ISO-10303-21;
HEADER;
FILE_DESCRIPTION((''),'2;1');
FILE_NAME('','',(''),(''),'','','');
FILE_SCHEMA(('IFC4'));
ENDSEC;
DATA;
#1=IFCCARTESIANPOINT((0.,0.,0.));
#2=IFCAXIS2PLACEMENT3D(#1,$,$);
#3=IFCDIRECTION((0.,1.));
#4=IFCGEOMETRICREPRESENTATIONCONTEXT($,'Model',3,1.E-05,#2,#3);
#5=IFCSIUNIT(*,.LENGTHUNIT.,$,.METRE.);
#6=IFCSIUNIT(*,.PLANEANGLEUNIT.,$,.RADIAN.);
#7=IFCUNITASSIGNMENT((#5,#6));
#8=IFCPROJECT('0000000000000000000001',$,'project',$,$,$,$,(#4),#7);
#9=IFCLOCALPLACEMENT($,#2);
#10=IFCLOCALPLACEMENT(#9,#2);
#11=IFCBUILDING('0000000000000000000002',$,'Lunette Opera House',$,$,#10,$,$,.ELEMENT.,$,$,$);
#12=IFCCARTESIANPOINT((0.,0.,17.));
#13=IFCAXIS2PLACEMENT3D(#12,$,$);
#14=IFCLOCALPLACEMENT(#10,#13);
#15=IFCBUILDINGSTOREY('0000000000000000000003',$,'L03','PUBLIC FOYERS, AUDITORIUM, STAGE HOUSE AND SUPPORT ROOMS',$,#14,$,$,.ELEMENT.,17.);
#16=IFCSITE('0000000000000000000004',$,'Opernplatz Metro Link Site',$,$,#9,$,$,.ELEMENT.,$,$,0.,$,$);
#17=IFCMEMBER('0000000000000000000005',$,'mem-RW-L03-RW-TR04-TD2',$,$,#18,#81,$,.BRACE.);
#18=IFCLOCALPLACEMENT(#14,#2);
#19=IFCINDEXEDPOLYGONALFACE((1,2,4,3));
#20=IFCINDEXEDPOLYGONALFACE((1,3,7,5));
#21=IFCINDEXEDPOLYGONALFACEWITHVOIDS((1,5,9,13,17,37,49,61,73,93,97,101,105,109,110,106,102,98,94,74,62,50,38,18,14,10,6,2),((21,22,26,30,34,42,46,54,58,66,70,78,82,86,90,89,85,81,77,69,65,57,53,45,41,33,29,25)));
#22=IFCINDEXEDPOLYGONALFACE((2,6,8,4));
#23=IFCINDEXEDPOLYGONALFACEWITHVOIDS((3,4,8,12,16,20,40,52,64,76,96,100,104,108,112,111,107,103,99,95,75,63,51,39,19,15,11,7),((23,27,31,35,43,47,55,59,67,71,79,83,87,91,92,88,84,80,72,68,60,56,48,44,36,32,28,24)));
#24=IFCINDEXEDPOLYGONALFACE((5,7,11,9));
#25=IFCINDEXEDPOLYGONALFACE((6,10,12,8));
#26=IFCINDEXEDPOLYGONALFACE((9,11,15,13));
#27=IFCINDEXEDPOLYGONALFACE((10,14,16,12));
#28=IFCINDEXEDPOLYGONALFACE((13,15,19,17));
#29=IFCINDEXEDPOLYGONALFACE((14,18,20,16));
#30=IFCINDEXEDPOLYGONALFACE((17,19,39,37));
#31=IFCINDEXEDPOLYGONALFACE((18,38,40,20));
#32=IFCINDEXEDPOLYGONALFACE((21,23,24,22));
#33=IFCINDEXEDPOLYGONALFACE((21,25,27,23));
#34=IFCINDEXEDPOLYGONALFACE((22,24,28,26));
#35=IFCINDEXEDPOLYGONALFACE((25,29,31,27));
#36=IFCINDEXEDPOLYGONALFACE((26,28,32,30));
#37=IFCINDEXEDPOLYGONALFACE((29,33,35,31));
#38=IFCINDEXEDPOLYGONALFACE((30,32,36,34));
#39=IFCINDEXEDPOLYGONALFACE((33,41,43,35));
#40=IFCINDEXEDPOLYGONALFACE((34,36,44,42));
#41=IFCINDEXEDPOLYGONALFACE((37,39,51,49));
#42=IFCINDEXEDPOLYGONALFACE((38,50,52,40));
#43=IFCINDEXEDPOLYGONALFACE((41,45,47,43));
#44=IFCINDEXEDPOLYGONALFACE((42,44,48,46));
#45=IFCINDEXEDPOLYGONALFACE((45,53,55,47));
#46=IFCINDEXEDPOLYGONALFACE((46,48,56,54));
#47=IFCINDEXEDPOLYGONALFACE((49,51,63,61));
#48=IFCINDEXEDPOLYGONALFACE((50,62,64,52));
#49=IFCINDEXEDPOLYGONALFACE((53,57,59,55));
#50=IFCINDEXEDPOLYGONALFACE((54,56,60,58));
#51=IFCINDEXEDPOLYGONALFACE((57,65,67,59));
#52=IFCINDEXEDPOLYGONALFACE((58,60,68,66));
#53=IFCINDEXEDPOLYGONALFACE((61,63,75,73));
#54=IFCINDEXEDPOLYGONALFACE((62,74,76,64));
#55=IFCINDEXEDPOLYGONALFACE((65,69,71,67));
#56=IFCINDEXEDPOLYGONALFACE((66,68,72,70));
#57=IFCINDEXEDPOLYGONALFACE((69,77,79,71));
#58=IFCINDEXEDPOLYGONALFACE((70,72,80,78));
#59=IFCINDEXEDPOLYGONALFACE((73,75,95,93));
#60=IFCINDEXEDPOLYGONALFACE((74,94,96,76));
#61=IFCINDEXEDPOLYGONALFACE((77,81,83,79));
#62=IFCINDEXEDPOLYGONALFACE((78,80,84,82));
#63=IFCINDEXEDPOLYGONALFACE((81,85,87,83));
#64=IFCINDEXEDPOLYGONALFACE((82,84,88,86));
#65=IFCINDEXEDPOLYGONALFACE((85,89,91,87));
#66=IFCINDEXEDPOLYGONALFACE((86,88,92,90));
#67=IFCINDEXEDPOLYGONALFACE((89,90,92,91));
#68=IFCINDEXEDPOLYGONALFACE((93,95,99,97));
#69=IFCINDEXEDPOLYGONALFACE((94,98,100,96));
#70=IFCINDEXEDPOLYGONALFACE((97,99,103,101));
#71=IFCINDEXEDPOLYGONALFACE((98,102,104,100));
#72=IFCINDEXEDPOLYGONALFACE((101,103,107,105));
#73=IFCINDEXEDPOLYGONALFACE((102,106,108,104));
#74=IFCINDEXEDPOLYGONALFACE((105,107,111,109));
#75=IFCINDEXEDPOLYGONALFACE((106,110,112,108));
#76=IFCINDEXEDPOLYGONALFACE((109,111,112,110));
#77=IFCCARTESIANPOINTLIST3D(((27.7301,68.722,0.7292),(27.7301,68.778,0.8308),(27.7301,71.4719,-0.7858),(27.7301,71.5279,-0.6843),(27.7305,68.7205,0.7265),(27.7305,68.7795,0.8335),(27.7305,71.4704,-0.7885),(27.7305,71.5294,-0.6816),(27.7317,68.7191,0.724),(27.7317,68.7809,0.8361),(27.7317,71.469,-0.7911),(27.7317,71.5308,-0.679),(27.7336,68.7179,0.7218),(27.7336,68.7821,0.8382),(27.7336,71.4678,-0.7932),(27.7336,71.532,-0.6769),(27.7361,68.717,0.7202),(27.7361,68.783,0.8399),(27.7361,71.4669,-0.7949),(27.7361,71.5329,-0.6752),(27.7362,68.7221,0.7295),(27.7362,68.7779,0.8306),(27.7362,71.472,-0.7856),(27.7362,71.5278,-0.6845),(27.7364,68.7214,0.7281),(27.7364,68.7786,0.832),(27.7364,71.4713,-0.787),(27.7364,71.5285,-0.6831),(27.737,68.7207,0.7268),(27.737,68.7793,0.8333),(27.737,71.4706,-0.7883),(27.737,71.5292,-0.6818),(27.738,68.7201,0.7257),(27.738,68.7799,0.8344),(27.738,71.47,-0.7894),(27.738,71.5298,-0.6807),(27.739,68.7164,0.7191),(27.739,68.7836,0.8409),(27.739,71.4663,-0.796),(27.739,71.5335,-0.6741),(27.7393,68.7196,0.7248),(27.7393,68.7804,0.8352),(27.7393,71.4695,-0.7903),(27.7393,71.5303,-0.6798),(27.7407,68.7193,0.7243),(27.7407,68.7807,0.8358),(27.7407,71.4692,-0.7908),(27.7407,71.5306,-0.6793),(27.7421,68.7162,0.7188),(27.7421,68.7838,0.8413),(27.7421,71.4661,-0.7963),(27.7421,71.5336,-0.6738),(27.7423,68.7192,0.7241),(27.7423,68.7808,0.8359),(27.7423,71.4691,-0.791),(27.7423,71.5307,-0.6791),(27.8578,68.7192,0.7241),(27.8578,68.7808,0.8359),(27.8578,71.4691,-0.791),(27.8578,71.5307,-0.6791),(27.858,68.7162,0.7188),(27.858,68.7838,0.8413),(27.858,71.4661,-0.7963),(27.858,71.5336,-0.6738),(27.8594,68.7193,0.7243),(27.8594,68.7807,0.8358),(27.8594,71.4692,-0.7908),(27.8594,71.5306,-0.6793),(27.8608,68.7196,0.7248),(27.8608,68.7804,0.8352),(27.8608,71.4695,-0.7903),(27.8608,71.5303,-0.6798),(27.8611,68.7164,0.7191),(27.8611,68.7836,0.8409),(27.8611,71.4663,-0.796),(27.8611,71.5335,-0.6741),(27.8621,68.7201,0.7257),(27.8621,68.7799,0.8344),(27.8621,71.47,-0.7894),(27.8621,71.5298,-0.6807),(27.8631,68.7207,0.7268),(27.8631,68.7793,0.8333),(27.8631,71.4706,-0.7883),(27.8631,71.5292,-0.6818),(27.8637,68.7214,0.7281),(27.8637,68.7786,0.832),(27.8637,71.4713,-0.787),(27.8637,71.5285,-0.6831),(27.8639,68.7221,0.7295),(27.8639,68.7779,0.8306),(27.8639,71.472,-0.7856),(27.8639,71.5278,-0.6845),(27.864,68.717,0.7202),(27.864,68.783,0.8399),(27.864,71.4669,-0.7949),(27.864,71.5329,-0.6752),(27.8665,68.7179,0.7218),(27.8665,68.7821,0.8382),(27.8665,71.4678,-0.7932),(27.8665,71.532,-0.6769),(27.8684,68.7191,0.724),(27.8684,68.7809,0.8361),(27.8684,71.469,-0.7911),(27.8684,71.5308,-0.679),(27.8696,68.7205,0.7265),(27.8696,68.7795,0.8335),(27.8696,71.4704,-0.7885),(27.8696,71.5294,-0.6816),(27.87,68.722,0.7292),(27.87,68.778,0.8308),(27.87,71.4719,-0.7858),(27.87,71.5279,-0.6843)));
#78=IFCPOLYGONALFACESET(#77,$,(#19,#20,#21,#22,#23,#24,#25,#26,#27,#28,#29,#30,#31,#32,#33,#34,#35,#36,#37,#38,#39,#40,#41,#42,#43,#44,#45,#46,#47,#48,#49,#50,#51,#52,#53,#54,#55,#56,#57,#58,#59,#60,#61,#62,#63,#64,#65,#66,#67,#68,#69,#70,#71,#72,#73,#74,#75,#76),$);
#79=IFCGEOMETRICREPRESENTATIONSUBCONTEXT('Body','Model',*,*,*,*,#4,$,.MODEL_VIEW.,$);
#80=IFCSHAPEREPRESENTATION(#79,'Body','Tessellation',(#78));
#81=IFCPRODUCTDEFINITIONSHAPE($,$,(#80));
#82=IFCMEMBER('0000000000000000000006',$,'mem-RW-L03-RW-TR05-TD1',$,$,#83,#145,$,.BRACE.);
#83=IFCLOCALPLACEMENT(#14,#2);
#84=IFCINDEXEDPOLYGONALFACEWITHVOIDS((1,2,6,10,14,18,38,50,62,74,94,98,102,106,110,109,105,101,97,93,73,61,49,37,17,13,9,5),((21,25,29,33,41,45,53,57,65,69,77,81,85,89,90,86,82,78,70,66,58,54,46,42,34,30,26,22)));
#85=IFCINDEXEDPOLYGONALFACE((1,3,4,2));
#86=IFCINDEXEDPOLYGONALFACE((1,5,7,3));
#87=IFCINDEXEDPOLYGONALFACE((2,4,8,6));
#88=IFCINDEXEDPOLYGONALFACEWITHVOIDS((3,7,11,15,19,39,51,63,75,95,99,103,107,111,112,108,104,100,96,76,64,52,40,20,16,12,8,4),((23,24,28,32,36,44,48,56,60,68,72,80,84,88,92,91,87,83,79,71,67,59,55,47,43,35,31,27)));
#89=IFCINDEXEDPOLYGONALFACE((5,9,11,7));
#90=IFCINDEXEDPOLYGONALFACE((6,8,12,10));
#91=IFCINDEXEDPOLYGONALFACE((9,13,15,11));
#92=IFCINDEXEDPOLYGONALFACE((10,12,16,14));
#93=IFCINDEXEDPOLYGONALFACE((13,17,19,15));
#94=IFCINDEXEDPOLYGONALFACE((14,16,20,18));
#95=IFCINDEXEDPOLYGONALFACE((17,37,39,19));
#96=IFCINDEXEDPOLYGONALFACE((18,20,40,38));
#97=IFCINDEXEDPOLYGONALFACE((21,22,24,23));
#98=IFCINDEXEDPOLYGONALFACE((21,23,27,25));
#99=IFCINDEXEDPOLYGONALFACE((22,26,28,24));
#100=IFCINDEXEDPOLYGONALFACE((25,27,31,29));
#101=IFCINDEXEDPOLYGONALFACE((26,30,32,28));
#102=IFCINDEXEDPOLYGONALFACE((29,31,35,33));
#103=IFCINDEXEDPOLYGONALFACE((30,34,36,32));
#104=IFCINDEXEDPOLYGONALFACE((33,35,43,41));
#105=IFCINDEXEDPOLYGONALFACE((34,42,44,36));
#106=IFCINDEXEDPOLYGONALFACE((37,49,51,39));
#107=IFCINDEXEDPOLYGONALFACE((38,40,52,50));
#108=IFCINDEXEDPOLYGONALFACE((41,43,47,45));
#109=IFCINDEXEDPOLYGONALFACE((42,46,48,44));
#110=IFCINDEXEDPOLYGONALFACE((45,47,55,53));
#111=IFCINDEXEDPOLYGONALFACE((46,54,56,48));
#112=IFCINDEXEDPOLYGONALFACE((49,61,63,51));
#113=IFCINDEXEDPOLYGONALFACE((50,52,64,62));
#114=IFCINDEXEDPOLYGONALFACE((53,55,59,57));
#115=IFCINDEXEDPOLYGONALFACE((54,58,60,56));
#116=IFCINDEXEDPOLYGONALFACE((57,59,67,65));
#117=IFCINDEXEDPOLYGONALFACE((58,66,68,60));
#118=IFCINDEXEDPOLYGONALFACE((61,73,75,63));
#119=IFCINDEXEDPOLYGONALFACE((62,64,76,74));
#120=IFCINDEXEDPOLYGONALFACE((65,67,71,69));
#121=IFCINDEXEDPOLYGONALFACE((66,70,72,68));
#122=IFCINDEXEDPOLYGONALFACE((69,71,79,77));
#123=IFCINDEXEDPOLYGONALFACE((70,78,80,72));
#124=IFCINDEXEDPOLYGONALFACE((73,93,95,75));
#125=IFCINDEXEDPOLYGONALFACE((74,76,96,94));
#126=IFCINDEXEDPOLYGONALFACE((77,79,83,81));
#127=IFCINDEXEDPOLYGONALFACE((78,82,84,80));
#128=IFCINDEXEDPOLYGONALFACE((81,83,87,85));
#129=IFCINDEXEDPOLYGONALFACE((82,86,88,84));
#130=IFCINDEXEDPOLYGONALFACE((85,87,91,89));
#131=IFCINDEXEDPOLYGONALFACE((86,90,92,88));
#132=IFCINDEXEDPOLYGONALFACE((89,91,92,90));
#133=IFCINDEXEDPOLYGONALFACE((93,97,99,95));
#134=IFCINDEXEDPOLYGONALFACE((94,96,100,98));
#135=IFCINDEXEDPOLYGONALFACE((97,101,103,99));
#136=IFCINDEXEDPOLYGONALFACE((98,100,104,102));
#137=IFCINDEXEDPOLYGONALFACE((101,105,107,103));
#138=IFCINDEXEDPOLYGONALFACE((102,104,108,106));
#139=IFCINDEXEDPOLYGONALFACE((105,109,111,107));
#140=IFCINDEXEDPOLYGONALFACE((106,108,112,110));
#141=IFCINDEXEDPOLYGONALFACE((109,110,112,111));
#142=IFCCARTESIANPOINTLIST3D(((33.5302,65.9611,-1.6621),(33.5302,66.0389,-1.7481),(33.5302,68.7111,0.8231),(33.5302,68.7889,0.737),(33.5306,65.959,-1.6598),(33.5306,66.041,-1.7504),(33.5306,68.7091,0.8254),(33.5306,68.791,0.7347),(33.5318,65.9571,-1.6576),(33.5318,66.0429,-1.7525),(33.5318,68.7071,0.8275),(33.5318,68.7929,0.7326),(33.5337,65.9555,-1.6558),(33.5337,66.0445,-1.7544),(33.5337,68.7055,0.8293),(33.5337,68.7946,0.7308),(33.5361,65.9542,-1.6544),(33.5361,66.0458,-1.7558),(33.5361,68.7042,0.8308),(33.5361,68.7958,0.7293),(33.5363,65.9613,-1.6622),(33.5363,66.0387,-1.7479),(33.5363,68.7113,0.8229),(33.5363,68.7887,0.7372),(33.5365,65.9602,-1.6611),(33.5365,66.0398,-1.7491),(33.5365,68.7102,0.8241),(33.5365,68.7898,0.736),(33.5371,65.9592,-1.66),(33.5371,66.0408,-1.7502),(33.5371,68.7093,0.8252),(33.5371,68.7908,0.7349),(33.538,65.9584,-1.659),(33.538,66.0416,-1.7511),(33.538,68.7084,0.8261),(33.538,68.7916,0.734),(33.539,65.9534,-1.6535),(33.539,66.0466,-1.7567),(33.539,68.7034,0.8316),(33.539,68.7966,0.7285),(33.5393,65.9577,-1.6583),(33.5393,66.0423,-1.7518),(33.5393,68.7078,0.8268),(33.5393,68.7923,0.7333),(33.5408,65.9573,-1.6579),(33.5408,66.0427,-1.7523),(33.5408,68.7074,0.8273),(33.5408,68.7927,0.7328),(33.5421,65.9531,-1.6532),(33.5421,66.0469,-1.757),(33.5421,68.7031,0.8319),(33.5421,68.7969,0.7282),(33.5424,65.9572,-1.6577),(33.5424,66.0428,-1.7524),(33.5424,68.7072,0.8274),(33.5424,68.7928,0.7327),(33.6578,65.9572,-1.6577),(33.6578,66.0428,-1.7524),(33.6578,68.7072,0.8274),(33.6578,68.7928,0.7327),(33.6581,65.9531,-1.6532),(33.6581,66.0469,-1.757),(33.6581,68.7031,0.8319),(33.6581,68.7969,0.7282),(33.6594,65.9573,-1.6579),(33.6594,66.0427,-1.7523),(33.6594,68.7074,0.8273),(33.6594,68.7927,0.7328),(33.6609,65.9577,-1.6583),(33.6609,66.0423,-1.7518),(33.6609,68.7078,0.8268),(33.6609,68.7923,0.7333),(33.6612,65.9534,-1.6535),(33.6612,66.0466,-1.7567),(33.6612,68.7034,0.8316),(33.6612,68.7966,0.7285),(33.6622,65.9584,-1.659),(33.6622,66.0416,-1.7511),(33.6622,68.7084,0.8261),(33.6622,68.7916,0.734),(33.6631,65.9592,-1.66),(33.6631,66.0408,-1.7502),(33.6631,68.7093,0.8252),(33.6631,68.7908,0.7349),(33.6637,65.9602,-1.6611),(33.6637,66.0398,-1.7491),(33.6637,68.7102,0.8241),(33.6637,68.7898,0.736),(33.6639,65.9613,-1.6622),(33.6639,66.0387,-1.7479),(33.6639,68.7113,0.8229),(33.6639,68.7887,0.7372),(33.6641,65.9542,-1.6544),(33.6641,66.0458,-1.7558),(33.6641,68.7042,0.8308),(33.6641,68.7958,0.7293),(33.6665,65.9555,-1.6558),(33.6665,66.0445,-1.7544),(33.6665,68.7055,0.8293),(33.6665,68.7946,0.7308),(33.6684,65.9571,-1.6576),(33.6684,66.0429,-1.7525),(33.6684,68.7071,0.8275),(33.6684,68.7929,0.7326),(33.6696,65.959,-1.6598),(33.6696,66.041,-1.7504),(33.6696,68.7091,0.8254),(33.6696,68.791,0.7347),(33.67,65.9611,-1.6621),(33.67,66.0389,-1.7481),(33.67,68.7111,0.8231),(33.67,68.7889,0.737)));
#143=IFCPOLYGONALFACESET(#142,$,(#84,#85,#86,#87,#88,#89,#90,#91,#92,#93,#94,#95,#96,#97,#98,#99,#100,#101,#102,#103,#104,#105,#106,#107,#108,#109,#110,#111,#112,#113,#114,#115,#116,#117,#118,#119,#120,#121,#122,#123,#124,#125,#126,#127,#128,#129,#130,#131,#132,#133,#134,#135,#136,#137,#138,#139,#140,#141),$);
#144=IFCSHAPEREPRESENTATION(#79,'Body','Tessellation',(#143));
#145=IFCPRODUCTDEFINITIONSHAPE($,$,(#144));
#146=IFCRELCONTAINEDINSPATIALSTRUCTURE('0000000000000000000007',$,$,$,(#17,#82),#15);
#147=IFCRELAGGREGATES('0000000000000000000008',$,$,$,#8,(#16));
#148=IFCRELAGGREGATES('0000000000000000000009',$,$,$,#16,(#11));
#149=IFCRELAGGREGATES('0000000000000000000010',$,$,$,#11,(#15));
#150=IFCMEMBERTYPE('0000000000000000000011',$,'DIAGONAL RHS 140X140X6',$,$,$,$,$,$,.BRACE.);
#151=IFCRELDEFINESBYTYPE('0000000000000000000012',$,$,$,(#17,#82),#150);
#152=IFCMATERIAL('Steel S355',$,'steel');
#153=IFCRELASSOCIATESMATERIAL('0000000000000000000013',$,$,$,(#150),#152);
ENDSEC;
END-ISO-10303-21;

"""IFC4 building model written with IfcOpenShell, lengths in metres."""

from ifc_helpers import new_model, si_unit, direction, frame, origin, origin_2d, place, context, subcontext, project, spatial, hollow_rectangle, extrude, material, material_profile, profile_set, type_object, element, save


model = new_model("IFC4")

# Units and contexts
model_context = context("Model", 3, precision=1e-05, world=origin(), true_north=direction((0.0, 1.0)))
body_context = subcontext(model_context, "Body", "Model", "MODEL_VIEW")
ifc_project = project(units=[si_unit("LENGTHUNIT", "METRE"), si_unit("PLANEANGLEUNIT", "RADIAN")], contexts=[model_context])

# Site, building, storey
site_placement = place(None, origin())
site = spatial("IfcSite", under=ifc_project, at=site_placement, Name="Opernplatz Metro Link Site", CompositionType="ELEMENT", RefElevation=0.0)
building_placement = place(site_placement, origin())
building = spatial("IfcBuilding", under=site, at=building_placement, Name="Lunette Opera House", CompositionType="ELEMENT")
storey_placement = place(building_placement, frame((0.0, 0.0, 17.0)))
storey = spatial("IfcBuildingStorey", under=building, at=storey_placement, Name="L03", Description="PUBLIC FOYERS, AUDITORIUM, STAGE HOUSE AND SUPPORT ROOMS", CompositionType="ELEMENT", Elevation=17.0)

# Members
ifc_material_1 = material(Name="Steel S355", Category="steel")
ifc_material_profile_1 = material_profile(ifc_material_1, hollow_rectangle(XDim=0.1399, YDim=0.1399, WallThickness=0.0061, InnerFilletRadius=0.0061, OuterFilletRadius=0.012, at=origin_2d()), Name="RHS 140X140X6")
ifc_profile_set_1 = profile_set([ifc_material_profile_1], Name="Steel S355")
member_type_1 = type_object("IfcMemberType", Name="DIAGONAL RHS 140X140X6", PredefinedType="BRACE", material=ifc_profile_set_1)
member_1_placement = place(storey_placement, frame((27.8, 68.75, 0.78), z_axis=(0.0, 0.875861, -0.482563), x_axis=(-1.0, 0.0, 0.0)))
element("IfcMember", 1, at=member_1_placement, inside=storey, type_object=member_type_1, Name="mem-RW-L03-RW-TR04-TD2", PredefinedType="BRACE", context=body_context, shape_type="SweptSolid", body=[
    extrude(hollow_rectangle(XDim=0.1399, YDim=0.1399, WallThickness=0.0061, InnerFilletRadius=0.0061, OuterFilletRadius=0.012, at=origin_2d()), origin(), (0.0, 0.0, 1.0), 3.1396),
])
member_2_placement = place(storey_placement, frame((33.6001, 66.0, -1.7051), z_axis=(0.0, 0.741937, 0.67047), x_axis=(-1.0, 0.0, 0.0)))
element("IfcMember", 2, at=member_2_placement, inside=storey, type_object=member_type_1, Name="mem-RW-L03-RW-TR05-TD1", PredefinedType="BRACE", context=body_context, shape_type="SweptSolid", body=[
    extrude(hollow_rectangle(XDim=0.1399, YDim=0.1399, WallThickness=0.0061, InnerFilletRadius=0.0061, OuterFilletRadius=0.012, at=origin_2d()), origin(), (0.0, 0.0, 1.0), 3.7065),
])

save(model, "model.ifc")
